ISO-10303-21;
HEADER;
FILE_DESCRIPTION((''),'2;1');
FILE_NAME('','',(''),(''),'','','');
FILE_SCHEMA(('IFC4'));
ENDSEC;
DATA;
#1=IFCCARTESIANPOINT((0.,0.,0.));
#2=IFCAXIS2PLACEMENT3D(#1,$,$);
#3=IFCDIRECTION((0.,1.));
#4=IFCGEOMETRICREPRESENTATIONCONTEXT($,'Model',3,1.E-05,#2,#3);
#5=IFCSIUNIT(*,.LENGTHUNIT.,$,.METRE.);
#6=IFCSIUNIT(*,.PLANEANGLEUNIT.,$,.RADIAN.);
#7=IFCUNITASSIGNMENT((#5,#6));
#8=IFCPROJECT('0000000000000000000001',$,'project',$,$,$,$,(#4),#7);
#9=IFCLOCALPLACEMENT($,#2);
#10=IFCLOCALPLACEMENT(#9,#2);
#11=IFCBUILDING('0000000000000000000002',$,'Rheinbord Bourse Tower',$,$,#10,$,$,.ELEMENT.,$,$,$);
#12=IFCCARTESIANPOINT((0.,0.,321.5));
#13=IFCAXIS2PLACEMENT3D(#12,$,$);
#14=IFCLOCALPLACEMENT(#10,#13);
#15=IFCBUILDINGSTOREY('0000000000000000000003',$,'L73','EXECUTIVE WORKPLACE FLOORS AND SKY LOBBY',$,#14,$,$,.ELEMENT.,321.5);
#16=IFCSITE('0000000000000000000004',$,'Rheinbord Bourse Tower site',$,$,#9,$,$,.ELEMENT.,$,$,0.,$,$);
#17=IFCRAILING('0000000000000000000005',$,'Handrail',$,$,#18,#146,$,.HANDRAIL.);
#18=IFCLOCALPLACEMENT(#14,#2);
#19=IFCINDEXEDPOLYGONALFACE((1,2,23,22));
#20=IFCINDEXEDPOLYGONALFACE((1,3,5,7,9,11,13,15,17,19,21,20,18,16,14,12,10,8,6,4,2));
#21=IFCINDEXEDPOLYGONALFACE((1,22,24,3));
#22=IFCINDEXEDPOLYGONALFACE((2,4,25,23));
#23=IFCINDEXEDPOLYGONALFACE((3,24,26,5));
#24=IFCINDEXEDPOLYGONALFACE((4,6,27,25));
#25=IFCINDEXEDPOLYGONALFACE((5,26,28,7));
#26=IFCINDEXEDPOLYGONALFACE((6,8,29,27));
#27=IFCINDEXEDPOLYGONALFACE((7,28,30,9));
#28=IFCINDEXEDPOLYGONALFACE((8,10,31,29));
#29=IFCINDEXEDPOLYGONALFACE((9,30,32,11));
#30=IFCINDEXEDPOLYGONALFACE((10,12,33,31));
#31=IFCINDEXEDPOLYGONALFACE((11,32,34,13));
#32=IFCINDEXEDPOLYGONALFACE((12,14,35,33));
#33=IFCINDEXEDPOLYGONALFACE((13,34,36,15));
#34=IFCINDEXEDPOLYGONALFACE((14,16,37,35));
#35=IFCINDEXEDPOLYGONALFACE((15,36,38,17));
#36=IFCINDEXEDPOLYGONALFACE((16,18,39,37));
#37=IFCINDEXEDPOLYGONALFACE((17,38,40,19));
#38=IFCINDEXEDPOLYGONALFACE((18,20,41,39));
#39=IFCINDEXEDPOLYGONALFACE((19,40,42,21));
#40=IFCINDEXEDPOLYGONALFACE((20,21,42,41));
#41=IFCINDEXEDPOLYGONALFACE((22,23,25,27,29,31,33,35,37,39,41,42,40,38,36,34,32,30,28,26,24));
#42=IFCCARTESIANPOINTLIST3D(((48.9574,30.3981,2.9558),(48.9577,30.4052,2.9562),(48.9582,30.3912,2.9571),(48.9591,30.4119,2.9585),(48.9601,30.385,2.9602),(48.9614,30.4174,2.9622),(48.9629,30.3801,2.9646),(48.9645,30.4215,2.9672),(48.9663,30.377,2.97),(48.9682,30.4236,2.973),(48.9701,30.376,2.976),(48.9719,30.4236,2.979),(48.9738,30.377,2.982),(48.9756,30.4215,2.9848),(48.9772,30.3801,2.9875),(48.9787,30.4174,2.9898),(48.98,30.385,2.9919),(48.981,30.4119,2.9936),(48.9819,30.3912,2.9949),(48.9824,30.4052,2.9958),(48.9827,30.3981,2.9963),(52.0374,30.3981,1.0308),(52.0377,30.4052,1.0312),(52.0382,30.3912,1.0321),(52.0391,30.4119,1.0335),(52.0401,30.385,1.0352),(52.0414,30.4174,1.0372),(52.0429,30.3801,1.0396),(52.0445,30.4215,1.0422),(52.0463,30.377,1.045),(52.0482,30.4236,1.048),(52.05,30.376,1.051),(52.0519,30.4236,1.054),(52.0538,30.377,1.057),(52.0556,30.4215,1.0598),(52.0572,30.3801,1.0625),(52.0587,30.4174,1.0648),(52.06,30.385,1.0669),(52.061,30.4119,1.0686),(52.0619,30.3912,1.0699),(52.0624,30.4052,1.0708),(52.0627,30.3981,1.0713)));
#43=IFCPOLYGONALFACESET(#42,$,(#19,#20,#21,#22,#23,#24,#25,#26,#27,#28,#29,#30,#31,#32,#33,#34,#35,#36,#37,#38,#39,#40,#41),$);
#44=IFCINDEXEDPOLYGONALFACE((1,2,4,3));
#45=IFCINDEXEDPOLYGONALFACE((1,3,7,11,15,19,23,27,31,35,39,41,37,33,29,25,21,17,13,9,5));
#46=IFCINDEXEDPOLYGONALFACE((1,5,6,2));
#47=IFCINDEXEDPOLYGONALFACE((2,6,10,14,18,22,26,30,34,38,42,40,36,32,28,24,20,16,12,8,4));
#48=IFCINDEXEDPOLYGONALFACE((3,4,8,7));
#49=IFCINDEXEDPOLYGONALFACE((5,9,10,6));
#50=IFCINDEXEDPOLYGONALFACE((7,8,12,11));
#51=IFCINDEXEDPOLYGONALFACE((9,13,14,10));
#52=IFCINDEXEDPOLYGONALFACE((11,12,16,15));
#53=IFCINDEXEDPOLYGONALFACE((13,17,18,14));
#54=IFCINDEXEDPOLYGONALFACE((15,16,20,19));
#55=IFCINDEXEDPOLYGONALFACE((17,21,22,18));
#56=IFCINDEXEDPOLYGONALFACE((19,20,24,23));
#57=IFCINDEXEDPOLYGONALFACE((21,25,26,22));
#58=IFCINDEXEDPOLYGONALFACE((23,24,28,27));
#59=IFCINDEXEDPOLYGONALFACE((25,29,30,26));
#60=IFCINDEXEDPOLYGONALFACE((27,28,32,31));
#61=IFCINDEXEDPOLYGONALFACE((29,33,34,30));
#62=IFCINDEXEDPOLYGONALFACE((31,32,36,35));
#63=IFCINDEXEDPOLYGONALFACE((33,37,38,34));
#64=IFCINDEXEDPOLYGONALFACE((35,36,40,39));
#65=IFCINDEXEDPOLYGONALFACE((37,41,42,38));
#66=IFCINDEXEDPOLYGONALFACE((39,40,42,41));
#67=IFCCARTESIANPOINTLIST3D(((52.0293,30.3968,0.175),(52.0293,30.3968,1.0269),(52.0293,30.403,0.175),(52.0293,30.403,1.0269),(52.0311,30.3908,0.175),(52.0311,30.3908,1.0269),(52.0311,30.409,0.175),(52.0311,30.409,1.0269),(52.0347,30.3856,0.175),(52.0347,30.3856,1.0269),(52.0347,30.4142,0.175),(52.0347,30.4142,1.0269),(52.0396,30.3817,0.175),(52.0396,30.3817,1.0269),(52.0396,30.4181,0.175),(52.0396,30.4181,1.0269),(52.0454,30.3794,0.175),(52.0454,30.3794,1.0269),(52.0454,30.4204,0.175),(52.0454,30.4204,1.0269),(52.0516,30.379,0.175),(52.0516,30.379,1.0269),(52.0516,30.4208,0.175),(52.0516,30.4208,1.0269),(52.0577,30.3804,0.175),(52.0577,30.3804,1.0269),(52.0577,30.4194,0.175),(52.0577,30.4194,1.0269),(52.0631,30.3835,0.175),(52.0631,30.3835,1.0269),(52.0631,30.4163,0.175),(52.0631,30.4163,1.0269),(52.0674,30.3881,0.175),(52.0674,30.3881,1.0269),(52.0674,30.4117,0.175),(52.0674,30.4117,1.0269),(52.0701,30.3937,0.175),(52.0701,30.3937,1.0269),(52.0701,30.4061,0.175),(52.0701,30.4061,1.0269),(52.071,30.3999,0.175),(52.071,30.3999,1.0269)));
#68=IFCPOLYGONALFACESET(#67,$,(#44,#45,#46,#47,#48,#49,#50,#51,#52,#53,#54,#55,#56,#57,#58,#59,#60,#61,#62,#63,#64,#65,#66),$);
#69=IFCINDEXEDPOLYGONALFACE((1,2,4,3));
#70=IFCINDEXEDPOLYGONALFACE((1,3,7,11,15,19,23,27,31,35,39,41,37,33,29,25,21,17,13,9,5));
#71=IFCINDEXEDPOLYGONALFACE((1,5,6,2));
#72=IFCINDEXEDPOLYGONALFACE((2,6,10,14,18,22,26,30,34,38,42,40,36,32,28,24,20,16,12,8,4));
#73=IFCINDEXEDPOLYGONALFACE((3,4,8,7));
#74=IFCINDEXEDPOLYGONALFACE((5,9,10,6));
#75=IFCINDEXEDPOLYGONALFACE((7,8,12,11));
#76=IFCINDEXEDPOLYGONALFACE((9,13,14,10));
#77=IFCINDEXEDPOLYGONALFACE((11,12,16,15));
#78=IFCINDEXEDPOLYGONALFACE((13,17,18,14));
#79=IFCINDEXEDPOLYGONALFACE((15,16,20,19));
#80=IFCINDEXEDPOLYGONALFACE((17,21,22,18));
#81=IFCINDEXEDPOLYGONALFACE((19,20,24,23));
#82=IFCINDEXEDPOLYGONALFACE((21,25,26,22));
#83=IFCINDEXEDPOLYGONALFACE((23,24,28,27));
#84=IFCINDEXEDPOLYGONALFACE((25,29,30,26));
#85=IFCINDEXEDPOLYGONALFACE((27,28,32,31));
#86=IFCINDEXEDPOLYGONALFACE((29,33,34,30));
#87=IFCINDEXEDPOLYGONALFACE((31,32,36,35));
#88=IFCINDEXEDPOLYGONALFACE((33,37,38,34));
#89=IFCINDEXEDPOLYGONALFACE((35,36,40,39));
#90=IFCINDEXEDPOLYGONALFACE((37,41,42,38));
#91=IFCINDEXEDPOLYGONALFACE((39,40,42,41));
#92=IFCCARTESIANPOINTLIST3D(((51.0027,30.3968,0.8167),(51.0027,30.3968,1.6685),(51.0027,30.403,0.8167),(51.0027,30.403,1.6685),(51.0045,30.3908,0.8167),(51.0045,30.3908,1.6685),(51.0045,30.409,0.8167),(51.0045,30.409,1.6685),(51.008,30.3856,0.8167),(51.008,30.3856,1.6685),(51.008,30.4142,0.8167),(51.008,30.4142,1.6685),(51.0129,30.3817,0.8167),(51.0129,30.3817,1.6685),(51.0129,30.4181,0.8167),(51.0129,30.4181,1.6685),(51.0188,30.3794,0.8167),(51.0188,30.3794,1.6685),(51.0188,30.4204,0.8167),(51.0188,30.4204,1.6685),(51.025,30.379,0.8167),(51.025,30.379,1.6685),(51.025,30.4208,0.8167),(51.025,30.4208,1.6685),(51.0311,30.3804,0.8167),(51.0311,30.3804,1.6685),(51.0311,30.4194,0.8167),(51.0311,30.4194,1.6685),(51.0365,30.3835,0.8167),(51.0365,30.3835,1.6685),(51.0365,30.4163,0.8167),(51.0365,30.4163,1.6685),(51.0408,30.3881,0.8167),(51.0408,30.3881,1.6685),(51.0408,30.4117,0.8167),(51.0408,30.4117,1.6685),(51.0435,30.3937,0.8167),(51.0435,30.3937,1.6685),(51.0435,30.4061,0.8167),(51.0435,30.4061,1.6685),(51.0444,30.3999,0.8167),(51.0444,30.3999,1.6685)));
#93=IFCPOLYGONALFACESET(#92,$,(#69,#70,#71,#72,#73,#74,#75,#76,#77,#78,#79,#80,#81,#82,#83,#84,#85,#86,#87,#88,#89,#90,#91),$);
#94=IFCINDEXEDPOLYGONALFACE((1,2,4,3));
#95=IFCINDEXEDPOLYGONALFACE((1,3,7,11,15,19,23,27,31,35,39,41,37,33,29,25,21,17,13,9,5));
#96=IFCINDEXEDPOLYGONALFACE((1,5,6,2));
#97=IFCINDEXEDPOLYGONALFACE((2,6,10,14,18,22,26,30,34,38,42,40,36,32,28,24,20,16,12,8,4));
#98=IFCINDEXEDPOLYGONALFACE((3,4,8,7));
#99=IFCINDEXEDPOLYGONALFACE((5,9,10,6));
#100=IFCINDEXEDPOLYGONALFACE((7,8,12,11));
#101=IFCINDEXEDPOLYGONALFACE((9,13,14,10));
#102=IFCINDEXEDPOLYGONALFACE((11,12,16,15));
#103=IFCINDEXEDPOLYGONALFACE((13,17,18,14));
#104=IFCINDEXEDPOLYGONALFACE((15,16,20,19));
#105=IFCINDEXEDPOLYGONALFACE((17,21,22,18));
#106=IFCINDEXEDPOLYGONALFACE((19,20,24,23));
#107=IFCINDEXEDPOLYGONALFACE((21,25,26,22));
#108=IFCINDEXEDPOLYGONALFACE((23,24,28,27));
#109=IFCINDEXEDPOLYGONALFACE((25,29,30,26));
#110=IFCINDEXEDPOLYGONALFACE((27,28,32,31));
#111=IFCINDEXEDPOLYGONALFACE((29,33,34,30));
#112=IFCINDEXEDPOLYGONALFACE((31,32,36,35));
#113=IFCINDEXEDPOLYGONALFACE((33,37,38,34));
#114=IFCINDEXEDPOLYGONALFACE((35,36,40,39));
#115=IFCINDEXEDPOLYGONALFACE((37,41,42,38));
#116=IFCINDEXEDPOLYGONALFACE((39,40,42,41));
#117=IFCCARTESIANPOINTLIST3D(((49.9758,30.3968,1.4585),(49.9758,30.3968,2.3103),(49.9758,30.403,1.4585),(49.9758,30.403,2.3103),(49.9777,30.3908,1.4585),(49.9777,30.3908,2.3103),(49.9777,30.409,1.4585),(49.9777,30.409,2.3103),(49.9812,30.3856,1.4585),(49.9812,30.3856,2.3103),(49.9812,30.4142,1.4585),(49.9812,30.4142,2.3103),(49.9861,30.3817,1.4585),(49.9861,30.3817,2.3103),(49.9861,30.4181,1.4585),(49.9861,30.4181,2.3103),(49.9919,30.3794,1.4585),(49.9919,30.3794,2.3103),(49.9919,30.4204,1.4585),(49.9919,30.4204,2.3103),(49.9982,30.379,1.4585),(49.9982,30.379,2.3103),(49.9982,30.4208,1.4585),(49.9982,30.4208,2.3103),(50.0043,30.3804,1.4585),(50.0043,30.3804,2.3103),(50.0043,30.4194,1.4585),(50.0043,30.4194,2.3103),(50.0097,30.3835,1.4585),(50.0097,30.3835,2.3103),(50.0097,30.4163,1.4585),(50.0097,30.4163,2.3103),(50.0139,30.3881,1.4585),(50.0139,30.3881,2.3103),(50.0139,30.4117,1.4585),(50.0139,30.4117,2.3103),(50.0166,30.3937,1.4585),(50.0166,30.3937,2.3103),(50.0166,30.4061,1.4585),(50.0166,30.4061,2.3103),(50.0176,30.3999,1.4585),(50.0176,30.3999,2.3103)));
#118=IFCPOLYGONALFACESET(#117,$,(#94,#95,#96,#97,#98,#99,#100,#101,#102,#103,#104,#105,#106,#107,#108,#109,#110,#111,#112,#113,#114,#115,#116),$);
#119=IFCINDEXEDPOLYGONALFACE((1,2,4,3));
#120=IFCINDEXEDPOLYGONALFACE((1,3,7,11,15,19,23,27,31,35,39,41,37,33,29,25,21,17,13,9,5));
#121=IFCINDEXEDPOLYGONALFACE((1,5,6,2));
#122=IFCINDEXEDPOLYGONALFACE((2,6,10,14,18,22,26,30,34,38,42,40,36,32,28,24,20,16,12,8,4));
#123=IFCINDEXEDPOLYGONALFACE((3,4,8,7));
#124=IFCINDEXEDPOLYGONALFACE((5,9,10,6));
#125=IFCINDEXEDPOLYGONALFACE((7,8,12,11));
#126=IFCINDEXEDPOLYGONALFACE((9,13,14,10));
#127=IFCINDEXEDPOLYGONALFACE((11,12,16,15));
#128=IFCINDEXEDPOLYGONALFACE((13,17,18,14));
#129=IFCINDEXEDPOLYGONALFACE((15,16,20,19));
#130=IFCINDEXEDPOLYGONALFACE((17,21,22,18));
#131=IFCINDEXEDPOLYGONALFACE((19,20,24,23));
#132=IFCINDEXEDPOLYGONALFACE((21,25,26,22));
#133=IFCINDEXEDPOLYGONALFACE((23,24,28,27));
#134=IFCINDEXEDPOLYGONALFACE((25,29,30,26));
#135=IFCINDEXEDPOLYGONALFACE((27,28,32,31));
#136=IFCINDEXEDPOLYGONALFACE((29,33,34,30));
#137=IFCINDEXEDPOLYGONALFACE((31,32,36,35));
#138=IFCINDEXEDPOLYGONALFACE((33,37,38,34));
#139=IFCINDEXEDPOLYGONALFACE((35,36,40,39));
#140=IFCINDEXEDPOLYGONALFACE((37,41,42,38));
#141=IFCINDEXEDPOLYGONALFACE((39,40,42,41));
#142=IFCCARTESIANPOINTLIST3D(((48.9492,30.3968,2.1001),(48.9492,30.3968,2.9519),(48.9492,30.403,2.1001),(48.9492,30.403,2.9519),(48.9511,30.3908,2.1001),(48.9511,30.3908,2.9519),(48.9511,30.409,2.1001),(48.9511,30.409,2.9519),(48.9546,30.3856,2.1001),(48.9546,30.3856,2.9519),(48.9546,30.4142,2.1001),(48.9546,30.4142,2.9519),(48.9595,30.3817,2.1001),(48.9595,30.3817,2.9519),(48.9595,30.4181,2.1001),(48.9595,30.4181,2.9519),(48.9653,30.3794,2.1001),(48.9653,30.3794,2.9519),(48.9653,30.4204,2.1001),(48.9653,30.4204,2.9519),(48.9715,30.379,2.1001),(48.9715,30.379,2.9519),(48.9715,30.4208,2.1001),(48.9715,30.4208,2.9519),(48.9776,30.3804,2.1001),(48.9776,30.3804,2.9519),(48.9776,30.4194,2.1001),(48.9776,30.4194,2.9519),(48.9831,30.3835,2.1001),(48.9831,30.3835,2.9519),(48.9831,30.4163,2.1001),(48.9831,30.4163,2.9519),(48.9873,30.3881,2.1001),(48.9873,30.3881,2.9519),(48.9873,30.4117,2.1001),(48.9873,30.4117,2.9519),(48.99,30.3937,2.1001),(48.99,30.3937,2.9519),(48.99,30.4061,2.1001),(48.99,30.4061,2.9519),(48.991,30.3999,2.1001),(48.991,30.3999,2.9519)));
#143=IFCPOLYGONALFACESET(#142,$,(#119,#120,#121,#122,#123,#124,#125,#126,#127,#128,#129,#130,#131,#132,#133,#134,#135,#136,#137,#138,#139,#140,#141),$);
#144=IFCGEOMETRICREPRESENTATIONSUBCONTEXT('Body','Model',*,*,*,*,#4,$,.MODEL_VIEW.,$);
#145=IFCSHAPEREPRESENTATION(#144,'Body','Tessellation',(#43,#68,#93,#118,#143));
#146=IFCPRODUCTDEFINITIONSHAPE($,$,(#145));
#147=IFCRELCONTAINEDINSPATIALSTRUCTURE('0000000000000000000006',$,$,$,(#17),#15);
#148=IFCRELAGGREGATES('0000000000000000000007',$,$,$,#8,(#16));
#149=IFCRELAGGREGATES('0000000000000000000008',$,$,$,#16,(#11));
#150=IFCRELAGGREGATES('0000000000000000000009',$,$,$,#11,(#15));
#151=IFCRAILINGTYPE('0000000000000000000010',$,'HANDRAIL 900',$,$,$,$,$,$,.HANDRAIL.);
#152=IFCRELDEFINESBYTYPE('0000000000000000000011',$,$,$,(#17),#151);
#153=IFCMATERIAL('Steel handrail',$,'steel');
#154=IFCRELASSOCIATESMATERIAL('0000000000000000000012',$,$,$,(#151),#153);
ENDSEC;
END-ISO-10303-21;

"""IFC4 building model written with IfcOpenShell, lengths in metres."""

from ifc_helpers import new_model, si_unit, direction, frame, origin, origin_2d, place, context, subcontext, project, spatial, circle, extrude, material, type_object, element, save


model = new_model("IFC4")

# Units and contexts
model_context = context("Model", 3, precision=1e-05, world=origin(), true_north=direction((0.0, 1.0)))
body_context = subcontext(model_context, "Body", "Model", "MODEL_VIEW")
ifc_project = project(units=[si_unit("LENGTHUNIT", "METRE"), si_unit("PLANEANGLEUNIT", "RADIAN")], contexts=[model_context])

# Site, building, storey
site_placement = place(None, origin())
site = spatial("IfcSite", under=ifc_project, at=site_placement, Name="Rheinbord Bourse Tower site", CompositionType="ELEMENT", RefElevation=0.0)
building_placement = place(site_placement, origin())
building = spatial("IfcBuilding", under=site, at=building_placement, Name="Rheinbord Bourse Tower", CompositionType="ELEMENT")
storey_placement = place(building_placement, frame((0.0, 0.0, 321.5)))
storey = spatial("IfcBuildingStorey", under=building, at=storey_placement, Name="L73", Description="EXECUTIVE WORKPLACE FLOORS AND SKY LOBBY", CompositionType="ELEMENT", Elevation=321.5)

# Railing
ifc_material_1 = material(Name="Steel handrail", Category="steel")
railing_type = type_object("IfcRailingType", Name="HANDRAIL 900", PredefinedType="HANDRAIL", material=ifc_material_1)
railing_1_placement = place(storey_placement, frame((52.05, 30.3999, 0.175)))
element("IfcRailing", 1, at=railing_1_placement, inside=storey, type_object=railing_type, Name="Handrail", PredefinedType="HANDRAIL", context=body_context, shape_type="SweptSolid", body=[
    extrude(circle(Radius=0.0239, at=origin_2d()), frame((0.0, 0.0, 0.876), z_axis=(-0.847998, 0.0, 0.529999), x_axis=(0.0, -1.0, 0.0)), (0.0, 0.0, 1.0), 3.6321),
    extrude(circle(Radius=0.021, at=origin_2d()), origin(), (0.0, 0.0, 1.0), 0.8518),
    extrude(circle(Radius=0.021, at=origin_2d()), frame((-1.0266, 0.0, 0.6416)), (0.0, 0.0, 1.0), 0.8518),
    extrude(circle(Radius=0.021, at=origin_2d()), frame((-2.0535, 0.0, 1.2834)), (0.0, 0.0, 1.0), 0.8518),
    extrude(circle(Radius=0.021, at=origin_2d()), frame((-3.0801, 0.0, 1.925)), (0.0, 0.0, 1.0), 0.8518),
])

save(model, "model.ifc")
